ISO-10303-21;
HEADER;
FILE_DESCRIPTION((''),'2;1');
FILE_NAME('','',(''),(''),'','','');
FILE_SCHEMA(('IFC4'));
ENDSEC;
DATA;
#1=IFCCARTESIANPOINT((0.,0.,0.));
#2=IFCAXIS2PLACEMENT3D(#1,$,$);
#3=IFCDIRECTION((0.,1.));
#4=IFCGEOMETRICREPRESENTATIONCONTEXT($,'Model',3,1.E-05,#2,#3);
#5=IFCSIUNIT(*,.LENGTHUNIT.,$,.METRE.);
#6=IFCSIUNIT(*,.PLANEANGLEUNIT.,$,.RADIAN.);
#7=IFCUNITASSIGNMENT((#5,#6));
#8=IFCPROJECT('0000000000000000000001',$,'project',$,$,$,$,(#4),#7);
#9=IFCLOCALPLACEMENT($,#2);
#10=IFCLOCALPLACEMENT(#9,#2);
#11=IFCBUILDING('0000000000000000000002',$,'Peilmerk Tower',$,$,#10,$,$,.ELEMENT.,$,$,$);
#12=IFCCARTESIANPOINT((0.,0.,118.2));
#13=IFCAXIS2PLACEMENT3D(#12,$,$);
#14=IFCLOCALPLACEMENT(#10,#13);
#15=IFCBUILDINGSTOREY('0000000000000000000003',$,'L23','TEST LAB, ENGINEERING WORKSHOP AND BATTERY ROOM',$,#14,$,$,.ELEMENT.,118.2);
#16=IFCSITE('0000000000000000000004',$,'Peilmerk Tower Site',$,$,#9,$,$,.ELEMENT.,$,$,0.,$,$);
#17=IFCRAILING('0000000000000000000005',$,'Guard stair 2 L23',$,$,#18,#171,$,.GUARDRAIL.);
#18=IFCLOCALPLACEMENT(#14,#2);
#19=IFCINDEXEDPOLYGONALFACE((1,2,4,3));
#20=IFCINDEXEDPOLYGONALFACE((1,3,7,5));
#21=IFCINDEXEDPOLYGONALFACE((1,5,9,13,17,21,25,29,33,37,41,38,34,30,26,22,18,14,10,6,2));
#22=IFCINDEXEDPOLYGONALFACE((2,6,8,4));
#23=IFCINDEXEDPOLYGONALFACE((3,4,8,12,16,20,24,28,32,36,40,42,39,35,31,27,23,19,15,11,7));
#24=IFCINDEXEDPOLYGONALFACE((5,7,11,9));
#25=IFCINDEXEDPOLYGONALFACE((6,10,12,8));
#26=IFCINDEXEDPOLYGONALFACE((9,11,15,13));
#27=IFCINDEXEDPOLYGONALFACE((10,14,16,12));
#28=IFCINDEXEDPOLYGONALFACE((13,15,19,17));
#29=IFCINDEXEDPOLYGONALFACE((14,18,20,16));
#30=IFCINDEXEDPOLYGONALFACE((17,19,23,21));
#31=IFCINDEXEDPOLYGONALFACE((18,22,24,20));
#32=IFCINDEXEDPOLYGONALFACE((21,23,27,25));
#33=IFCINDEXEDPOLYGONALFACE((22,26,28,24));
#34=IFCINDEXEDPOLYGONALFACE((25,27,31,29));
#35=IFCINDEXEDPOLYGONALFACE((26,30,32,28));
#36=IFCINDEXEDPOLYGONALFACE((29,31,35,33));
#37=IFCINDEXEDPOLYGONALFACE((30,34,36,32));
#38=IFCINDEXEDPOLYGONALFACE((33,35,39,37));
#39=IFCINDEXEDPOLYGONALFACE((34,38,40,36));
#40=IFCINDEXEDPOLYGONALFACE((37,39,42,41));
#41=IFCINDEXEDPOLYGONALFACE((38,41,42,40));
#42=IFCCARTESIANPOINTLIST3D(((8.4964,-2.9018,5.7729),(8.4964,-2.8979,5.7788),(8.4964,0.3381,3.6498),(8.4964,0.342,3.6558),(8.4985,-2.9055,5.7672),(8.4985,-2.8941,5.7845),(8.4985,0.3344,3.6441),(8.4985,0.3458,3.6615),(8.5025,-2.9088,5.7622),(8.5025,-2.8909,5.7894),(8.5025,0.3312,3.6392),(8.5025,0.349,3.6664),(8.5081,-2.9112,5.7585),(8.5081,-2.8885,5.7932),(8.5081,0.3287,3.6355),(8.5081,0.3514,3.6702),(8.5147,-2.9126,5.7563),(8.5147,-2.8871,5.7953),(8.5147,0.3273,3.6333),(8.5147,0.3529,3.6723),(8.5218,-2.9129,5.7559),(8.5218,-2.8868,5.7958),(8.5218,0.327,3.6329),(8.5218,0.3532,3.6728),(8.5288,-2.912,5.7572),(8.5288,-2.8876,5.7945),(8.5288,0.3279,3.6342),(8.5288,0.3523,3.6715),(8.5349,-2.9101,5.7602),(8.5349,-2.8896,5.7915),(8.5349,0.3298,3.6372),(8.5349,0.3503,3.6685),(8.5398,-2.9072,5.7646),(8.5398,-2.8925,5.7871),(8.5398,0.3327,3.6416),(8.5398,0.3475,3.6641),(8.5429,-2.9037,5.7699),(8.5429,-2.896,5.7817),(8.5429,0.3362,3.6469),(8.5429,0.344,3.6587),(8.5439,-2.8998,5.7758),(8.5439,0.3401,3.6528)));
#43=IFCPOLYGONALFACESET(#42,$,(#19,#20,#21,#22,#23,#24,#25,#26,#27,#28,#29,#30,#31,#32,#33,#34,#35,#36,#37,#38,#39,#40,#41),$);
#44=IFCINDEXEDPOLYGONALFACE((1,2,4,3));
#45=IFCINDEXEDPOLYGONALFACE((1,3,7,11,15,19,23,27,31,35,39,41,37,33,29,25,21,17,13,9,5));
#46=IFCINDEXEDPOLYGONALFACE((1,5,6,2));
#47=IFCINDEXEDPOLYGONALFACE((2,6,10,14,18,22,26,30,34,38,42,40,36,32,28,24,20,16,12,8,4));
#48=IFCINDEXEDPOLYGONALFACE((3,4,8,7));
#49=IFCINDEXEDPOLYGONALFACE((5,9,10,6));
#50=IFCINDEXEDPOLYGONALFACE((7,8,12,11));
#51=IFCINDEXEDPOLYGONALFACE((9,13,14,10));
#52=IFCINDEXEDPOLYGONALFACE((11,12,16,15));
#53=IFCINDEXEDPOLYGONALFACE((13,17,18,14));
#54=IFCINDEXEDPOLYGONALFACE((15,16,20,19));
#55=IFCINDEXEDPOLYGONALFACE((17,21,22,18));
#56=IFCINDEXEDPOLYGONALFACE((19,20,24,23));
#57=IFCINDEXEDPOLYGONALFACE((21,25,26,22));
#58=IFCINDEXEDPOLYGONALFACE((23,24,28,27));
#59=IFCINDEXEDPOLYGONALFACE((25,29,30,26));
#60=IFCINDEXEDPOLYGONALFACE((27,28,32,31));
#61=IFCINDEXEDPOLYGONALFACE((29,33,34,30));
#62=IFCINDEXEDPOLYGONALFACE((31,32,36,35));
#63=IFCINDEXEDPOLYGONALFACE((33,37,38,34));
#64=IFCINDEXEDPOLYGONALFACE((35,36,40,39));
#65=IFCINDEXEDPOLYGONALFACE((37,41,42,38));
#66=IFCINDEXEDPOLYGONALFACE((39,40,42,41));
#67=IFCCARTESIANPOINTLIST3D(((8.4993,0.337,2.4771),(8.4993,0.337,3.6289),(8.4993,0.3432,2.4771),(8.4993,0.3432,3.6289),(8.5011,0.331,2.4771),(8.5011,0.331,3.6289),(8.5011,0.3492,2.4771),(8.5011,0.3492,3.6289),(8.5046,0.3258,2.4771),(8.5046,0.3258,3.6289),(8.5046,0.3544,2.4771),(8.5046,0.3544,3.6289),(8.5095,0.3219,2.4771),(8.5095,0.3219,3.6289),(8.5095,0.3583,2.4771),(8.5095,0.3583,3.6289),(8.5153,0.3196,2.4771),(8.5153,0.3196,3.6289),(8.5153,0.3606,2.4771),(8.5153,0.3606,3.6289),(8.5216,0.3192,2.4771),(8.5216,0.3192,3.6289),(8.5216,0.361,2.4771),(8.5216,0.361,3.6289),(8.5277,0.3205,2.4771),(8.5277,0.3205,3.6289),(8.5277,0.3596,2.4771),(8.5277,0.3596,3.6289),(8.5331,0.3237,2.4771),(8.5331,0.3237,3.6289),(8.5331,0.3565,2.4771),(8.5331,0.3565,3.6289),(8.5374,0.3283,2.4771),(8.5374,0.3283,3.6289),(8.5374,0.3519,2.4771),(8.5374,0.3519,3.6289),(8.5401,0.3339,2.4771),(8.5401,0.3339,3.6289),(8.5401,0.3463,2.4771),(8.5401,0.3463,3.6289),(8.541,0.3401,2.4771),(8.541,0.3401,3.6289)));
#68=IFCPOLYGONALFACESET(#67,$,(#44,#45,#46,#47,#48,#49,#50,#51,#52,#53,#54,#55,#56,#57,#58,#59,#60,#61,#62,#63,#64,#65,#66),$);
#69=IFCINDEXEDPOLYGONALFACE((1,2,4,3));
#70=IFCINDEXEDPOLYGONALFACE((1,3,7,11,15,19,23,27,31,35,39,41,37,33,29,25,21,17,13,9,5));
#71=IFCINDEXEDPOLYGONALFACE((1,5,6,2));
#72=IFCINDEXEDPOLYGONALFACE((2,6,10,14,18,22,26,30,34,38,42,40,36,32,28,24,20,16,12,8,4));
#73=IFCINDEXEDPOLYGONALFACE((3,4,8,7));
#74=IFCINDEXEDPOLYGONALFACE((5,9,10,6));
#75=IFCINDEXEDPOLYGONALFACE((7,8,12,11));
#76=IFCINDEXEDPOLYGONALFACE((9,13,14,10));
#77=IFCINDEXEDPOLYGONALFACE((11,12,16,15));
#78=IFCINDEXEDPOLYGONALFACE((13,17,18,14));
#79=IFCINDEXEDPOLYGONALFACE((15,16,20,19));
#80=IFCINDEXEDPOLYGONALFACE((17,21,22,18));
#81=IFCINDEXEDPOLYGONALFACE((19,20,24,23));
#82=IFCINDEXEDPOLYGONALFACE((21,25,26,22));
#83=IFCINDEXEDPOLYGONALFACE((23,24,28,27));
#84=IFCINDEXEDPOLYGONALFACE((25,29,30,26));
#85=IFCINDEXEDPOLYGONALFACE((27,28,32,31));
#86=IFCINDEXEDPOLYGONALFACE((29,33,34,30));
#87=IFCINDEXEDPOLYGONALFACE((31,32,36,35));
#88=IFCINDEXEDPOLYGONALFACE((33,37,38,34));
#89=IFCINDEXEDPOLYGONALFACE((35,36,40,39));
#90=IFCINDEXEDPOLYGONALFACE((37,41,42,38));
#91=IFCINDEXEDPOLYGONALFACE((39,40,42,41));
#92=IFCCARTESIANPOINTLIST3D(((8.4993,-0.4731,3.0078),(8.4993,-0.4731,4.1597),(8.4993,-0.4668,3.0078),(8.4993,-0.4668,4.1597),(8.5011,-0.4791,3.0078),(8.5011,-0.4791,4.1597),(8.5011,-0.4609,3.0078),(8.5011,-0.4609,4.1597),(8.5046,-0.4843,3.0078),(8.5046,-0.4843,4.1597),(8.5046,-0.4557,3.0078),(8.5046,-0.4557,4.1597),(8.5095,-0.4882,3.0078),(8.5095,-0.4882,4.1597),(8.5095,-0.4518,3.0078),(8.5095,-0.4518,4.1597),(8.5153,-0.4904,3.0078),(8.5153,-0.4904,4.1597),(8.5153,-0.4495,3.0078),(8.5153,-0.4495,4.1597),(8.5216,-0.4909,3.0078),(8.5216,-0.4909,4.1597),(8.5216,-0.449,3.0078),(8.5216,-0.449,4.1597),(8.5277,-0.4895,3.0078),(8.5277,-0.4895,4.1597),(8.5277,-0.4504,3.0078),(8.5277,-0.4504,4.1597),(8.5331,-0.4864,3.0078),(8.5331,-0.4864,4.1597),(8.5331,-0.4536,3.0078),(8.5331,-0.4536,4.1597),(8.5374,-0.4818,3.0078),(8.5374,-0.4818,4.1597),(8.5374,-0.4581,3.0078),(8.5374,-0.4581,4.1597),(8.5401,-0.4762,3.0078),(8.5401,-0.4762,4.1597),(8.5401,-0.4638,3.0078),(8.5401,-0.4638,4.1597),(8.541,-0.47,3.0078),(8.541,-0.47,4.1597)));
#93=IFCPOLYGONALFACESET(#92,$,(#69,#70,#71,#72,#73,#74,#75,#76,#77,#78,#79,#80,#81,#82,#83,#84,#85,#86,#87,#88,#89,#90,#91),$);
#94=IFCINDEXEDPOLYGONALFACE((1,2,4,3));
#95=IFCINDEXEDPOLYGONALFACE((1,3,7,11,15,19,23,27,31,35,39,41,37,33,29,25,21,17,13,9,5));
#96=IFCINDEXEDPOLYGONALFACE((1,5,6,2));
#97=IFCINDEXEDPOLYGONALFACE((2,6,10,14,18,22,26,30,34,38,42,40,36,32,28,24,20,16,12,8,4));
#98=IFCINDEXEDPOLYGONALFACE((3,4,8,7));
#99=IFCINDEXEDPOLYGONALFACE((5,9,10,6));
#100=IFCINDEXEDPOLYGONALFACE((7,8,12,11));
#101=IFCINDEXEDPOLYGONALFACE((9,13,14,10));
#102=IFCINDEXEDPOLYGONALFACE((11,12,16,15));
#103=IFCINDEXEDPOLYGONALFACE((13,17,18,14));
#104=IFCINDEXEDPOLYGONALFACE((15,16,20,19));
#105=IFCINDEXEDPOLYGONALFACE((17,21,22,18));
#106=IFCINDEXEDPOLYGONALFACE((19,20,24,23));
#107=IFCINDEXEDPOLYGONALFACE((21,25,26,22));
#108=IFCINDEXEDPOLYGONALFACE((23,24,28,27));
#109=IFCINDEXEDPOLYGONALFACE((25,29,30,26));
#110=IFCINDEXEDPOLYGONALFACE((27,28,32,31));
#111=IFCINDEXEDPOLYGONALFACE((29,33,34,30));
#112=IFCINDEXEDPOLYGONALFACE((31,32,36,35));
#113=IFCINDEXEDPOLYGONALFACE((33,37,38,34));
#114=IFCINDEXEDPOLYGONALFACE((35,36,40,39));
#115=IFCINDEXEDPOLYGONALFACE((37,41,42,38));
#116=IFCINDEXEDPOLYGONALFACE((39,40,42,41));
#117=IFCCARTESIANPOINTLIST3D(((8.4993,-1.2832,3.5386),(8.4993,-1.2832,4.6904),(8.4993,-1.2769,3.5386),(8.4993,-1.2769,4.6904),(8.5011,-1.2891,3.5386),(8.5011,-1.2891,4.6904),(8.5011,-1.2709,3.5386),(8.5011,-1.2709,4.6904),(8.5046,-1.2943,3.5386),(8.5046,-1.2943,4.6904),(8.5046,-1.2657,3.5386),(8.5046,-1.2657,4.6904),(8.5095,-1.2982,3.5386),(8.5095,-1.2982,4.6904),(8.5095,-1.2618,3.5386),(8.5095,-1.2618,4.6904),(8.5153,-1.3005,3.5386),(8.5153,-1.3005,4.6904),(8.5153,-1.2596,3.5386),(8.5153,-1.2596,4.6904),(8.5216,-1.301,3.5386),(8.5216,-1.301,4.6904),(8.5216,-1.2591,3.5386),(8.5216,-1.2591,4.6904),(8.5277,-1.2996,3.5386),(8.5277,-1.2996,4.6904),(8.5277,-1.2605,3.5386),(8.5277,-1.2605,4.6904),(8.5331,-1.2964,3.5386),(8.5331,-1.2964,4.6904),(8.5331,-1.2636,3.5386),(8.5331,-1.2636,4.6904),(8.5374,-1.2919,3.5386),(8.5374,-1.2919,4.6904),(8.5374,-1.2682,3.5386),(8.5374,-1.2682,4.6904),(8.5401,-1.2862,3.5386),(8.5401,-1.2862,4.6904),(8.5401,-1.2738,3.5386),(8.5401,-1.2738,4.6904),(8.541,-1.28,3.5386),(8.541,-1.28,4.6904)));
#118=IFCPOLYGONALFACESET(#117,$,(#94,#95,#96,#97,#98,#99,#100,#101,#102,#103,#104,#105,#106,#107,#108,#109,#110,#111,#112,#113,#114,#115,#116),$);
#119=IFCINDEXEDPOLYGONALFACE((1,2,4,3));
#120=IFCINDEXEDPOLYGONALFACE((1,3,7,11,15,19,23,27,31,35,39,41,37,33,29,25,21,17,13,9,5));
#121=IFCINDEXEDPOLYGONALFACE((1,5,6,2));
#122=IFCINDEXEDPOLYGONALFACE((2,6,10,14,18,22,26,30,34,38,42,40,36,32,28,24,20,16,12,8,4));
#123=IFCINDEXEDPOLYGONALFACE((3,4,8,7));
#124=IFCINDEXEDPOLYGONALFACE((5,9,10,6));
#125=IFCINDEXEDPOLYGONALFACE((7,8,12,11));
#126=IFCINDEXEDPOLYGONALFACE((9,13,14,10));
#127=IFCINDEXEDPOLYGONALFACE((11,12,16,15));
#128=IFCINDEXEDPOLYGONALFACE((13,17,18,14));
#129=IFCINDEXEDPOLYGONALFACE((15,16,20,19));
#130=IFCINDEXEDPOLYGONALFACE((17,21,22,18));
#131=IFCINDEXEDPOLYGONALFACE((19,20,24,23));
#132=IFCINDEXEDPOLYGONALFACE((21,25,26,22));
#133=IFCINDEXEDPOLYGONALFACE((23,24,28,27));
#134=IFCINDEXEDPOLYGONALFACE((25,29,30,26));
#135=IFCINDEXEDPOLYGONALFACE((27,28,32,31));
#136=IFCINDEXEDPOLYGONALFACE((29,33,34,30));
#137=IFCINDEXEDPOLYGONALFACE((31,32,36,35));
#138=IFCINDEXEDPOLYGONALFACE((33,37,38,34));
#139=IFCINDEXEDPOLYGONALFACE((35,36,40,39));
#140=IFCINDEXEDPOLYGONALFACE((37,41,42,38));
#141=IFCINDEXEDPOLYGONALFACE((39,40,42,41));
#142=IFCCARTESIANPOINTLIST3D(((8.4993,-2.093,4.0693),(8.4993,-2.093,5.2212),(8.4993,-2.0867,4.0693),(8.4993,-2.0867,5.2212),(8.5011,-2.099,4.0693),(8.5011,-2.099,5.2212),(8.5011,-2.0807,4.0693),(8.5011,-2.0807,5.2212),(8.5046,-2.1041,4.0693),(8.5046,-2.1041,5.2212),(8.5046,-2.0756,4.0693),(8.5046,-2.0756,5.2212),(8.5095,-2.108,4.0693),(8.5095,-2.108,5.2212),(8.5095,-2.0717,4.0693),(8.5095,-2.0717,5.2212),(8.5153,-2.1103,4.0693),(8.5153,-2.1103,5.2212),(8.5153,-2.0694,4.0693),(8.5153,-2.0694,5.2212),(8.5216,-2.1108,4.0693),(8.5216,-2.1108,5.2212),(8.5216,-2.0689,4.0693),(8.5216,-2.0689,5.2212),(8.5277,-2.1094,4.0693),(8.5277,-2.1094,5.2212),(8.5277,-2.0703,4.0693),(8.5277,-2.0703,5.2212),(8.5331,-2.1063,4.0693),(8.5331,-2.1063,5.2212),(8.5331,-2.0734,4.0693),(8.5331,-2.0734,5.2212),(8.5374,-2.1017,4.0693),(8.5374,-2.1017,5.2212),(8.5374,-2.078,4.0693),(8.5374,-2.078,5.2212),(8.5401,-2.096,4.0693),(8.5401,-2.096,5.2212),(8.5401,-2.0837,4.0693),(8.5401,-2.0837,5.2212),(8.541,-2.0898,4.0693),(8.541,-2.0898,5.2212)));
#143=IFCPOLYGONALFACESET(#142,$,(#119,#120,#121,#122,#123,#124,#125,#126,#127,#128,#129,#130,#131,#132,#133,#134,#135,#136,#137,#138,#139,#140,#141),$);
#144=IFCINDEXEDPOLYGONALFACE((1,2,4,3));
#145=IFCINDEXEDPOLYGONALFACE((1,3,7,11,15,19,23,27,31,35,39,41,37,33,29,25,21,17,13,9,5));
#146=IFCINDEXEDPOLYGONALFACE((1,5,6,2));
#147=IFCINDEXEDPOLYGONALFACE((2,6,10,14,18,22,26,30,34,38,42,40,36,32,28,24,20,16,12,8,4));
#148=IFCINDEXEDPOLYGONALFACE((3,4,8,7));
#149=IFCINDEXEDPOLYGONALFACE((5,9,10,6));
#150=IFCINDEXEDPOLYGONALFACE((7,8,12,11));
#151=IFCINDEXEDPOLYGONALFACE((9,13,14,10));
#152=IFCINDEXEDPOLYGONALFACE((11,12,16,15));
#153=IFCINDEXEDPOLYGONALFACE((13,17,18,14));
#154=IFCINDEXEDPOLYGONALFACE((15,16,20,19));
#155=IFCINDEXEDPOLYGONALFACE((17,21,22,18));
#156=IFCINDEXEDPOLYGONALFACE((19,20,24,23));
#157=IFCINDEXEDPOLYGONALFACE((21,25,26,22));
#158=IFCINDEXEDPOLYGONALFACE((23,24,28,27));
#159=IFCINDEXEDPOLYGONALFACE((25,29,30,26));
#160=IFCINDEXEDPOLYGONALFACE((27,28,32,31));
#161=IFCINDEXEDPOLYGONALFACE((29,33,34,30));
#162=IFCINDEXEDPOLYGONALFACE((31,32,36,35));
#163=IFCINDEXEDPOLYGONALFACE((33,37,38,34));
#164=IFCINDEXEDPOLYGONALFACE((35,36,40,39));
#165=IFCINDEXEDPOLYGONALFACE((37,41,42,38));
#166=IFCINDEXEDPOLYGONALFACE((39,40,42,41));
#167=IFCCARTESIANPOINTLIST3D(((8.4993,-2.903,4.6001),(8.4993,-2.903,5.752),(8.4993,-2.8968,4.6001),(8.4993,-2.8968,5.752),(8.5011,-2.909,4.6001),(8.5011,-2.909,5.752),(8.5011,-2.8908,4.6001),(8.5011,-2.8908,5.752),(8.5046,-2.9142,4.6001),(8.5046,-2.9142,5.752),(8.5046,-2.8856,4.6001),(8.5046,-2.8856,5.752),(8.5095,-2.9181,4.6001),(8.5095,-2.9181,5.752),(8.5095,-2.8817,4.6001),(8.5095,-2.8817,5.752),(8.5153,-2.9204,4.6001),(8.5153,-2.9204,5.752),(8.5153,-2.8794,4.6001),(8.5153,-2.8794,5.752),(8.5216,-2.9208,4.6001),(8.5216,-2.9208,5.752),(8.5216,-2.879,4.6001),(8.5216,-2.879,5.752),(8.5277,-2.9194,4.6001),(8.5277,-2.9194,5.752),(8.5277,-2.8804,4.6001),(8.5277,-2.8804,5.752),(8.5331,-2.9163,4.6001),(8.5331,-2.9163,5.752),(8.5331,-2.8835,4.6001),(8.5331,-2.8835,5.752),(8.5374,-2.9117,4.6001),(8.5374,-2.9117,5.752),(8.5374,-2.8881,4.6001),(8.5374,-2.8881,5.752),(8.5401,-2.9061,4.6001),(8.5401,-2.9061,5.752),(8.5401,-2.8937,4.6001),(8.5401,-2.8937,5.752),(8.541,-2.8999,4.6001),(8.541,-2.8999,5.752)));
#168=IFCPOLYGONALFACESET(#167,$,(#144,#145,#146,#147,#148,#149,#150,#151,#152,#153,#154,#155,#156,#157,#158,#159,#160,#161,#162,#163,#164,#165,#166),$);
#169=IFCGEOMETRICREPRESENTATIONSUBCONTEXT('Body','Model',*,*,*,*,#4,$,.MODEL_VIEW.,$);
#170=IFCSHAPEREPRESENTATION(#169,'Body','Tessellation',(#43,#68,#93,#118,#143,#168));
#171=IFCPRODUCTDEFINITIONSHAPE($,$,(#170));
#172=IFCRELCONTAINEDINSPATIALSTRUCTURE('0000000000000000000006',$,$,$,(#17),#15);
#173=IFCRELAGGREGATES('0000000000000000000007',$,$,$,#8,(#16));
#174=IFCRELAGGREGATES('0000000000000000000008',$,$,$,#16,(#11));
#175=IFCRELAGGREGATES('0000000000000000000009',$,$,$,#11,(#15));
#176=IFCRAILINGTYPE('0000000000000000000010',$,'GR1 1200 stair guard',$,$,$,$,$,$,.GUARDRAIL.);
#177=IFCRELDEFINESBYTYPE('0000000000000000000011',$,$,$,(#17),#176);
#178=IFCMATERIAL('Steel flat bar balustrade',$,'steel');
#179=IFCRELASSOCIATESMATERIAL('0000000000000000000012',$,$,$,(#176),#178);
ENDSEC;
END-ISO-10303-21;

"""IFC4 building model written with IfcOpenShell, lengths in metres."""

from ifc_helpers import new_model, si_unit, direction, frame, origin, origin_2d, place, context, subcontext, project, spatial, circle, extrude, material, type_object, element, save


model = new_model("IFC4")

# Units and contexts
model_context = context("Model", 3, precision=1e-05, world=origin(), true_north=direction((0.0, 1.0)))
body_context = subcontext(model_context, "Body", "Model", "MODEL_VIEW")
ifc_project = project(units=[si_unit("LENGTHUNIT", "METRE"), si_unit("PLANEANGLEUNIT", "RADIAN")], contexts=[model_context])

# Site, building, storey
site_placement = place(None, origin())
site = spatial("IfcSite", under=ifc_project, at=site_placement, Name="Peilmerk Tower Site", CompositionType="ELEMENT", RefElevation=0.0)
building_placement = place(site_placement, origin())
building = spatial("IfcBuilding", under=site, at=building_placement, Name="Peilmerk Tower", CompositionType="ELEMENT")
storey_placement = place(building_placement, frame((0.0, 0.0, 118.2)))
storey = spatial("IfcBuildingStorey", under=building, at=storey_placement, Name="L23", Description="TEST LAB, ENGINEERING WORKSHOP AND BATTERY ROOM", CompositionType="ELEMENT", Elevation=118.2)

# Railing
ifc_material_1 = material(Name="Steel flat bar balustrade", Category="steel")
railing_type_1 = type_object("IfcRailingType", Name="GR1 1200 stair guard", PredefinedType="GUARDRAIL", material=ifc_material_1)
railing_1_placement = place(storey_placement, frame((8.52, 0.3401, 2.4771)))
element("IfcRailing", 1, at=railing_1_placement, inside=storey, type_object=railing_type_1, Name="Guard stair 2 L23", PredefinedType="GUARDRAIL", context=body_context, shape_type="SweptSolid", body=[
    extrude(circle(Radius=0.0239, at=origin_2d()), frame((0.0, 0.0, 1.1758), z_axis=(0.0, -0.836426, 0.548079), x_axis=(1.0, 0.0, 0.0)), (0.0, 0.0, 1.0), 3.8735),
    extrude(circle(Radius=0.021, at=origin_2d()), origin(), (0.0, 0.0, 1.0), 1.1519),
    extrude(circle(Radius=0.021, at=origin_2d()), frame((0.0, -0.8101, 0.5308)), (0.0, 0.0, 1.0), 1.1519),
    extrude(circle(Radius=0.021, at=origin_2d()), frame((0.0, -1.6201, 1.0615)), (0.0, 0.0, 1.0), 1.1519),
    extrude(circle(Radius=0.021, at=origin_2d()), frame((0.0, -2.4299, 1.5923)), (0.0, 0.0, 1.0), 1.1519),
    extrude(circle(Radius=0.021, at=origin_2d()), frame((0.0, -3.24, 2.123)), (0.0, 0.0, 1.0), 1.1519),
])

save(model, "model.ifc")
